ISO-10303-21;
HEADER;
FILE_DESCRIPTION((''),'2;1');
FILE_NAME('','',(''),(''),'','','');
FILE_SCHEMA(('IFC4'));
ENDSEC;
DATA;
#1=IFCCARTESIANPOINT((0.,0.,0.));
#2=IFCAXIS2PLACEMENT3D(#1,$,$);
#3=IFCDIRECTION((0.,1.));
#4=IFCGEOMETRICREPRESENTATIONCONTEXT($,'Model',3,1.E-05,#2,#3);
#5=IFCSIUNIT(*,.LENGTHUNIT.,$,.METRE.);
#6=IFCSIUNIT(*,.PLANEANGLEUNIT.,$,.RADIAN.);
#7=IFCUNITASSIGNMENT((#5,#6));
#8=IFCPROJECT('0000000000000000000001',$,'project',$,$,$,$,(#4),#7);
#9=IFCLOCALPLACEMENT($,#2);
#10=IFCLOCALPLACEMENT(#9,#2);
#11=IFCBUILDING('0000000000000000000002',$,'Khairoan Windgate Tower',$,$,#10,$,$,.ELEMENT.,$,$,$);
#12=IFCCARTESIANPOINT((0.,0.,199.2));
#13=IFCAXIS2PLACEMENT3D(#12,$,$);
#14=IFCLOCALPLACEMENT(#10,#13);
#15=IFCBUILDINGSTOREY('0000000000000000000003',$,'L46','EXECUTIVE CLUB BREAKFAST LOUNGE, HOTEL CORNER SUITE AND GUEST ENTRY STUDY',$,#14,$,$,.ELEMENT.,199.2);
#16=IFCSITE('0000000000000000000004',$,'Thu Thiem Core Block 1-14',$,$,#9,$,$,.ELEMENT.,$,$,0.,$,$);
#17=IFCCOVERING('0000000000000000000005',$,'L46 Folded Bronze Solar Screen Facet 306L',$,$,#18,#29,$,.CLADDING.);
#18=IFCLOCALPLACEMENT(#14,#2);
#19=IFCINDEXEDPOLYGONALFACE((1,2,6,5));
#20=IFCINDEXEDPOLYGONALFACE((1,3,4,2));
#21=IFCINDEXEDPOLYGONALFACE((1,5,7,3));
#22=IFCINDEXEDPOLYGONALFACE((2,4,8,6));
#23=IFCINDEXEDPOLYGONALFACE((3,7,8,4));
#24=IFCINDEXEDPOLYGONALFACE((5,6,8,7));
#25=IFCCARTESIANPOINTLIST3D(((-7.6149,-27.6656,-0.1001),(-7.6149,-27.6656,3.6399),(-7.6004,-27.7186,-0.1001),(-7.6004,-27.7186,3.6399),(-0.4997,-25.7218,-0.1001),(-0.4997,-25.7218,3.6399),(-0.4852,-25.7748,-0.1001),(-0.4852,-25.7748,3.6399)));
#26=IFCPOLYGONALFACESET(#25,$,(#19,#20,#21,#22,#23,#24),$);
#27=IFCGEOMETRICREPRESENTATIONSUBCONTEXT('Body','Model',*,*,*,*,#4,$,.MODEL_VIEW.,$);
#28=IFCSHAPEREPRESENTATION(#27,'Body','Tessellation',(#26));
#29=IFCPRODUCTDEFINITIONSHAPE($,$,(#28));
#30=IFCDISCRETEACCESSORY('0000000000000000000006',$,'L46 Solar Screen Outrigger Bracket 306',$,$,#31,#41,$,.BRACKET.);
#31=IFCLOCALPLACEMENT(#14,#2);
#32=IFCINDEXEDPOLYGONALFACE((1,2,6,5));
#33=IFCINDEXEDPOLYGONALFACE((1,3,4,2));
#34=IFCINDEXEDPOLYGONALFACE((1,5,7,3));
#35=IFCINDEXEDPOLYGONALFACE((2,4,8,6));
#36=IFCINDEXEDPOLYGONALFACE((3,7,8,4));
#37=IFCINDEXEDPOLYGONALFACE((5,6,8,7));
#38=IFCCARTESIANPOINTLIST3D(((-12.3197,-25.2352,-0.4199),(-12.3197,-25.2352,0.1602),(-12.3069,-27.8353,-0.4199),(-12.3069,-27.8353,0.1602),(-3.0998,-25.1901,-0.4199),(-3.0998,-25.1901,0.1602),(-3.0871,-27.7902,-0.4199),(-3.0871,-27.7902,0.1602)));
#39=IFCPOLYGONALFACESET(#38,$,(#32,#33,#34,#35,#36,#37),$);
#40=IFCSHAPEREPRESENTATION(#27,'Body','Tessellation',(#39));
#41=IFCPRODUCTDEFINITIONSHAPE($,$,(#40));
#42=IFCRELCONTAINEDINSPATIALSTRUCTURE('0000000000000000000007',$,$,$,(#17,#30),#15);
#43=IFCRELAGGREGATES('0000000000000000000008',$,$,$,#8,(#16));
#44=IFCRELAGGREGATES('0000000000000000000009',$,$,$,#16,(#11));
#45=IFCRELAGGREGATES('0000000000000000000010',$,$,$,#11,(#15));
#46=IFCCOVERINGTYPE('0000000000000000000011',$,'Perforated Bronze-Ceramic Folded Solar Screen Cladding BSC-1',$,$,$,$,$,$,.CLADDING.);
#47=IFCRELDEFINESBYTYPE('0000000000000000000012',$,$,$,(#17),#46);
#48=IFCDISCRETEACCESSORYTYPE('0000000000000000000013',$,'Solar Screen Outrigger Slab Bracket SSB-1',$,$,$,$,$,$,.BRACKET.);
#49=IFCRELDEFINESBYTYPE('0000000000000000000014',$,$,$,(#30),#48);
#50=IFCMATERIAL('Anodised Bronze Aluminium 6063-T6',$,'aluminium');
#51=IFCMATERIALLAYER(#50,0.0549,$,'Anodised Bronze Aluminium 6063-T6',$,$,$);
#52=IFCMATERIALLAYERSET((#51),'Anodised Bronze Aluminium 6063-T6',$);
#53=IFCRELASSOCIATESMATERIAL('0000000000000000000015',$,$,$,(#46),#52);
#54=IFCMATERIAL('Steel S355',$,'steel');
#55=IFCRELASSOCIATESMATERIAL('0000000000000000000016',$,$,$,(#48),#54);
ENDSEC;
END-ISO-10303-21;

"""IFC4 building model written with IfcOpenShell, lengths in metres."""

from ifc_helpers import new_model, si_unit, direction, frame, origin, origin_2d, place, context, subcontext, project, spatial, rectangle, extrude, material, layer, layer_set, type_object, element, save


model = new_model("IFC4")

# Units and contexts
model_context = context("Model", 3, precision=1e-05, world=origin(), true_north=direction((0.0, 1.0)))
body_context = subcontext(model_context, "Body", "Model", "MODEL_VIEW")
ifc_project = project(units=[si_unit("LENGTHUNIT", "METRE"), si_unit("PLANEANGLEUNIT", "RADIAN")], contexts=[model_context])

# Site, building, storey
site_placement = place(None, origin())
site = spatial("IfcSite", under=ifc_project, at=site_placement, Name="Thu Thiem Core Block 1-14", CompositionType="ELEMENT", RefElevation=0.0)
building_placement = place(site_placement, origin())
building = spatial("IfcBuilding", under=site, at=building_placement, Name="Khairoan Windgate Tower", CompositionType="ELEMENT")
storey_placement = place(building_placement, frame((0.0, 0.0, 199.2)))
storey = spatial("IfcBuildingStorey", under=building, at=storey_placement, Name="L46", Description="EXECUTIVE CLUB BREAKFAST LOUNGE, HOTEL CORNER SUITE AND GUEST ENTRY STUDY", CompositionType="ELEMENT", Elevation=199.2)

# Covering
ifc_material_1 = material(Name="Anodised Bronze Aluminium 6063-T6", Category="aluminium")
ifc_layer_1 = layer(ifc_material_1, 0.0549, Name="Anodised Bronze Aluminium 6063-T6")
ifc_layer_set_1 = layer_set([ifc_layer_1], Name="Anodised Bronze Aluminium 6063-T6")
covering_type = type_object("IfcCoveringType", Name="Perforated Bronze-Ceramic Folded Solar Screen Cladding BSC-1", PredefinedType="CLADDING", material=ifc_layer_set_1)
covering_placement = place(storey_placement, frame((-4.05, -26.7202, -0.1001), z_axis=(0.0, 0.0, 1.0), x_axis=(-0.964649, -0.263536, 0.0)))
element("IfcCovering", 1, at=covering_placement, inside=storey, type_object=covering_type, Name="L46 Folded Bronze Solar Screen Facet 306L", PredefinedType="CLADDING", context=body_context, shape_type="SweptSolid", body=[
    extrude(rectangle(XDim=7.376, YDim=0.0549, at=origin_2d()), origin(), (0.0, 0.0, 1.0), 3.74),
])

# Discrete accessory
ifc_material_2 = material(Name="Steel S355", Category="steel")
discrete_accessory_type = type_object("IfcDiscreteAccessoryType", Name="Solar Screen Outrigger Slab Bracket SSB-1", PredefinedType="BRACKET", material=ifc_material_2)
discrete_accessory_placement = place(storey_placement, frame((-7.7034, -26.5127, -0.4199), z_axis=(0.0, 0.0, 1.0), x_axis=(-0.999988, -0.004887, 0.0)))
element("IfcDiscreteAccessory", 2, at=discrete_accessory_placement, inside=storey, type_object=discrete_accessory_type, Name="L46 Solar Screen Outrigger Bracket 306", PredefinedType="BRACKET", context=body_context, shape_type="SweptSolid", body=[
    extrude(rectangle(XDim=9.22, YDim=2.6001, at=origin_2d()), origin(), (0.0, 0.0, 1.0), 0.5801),
])

save(model, "model.ifc")
